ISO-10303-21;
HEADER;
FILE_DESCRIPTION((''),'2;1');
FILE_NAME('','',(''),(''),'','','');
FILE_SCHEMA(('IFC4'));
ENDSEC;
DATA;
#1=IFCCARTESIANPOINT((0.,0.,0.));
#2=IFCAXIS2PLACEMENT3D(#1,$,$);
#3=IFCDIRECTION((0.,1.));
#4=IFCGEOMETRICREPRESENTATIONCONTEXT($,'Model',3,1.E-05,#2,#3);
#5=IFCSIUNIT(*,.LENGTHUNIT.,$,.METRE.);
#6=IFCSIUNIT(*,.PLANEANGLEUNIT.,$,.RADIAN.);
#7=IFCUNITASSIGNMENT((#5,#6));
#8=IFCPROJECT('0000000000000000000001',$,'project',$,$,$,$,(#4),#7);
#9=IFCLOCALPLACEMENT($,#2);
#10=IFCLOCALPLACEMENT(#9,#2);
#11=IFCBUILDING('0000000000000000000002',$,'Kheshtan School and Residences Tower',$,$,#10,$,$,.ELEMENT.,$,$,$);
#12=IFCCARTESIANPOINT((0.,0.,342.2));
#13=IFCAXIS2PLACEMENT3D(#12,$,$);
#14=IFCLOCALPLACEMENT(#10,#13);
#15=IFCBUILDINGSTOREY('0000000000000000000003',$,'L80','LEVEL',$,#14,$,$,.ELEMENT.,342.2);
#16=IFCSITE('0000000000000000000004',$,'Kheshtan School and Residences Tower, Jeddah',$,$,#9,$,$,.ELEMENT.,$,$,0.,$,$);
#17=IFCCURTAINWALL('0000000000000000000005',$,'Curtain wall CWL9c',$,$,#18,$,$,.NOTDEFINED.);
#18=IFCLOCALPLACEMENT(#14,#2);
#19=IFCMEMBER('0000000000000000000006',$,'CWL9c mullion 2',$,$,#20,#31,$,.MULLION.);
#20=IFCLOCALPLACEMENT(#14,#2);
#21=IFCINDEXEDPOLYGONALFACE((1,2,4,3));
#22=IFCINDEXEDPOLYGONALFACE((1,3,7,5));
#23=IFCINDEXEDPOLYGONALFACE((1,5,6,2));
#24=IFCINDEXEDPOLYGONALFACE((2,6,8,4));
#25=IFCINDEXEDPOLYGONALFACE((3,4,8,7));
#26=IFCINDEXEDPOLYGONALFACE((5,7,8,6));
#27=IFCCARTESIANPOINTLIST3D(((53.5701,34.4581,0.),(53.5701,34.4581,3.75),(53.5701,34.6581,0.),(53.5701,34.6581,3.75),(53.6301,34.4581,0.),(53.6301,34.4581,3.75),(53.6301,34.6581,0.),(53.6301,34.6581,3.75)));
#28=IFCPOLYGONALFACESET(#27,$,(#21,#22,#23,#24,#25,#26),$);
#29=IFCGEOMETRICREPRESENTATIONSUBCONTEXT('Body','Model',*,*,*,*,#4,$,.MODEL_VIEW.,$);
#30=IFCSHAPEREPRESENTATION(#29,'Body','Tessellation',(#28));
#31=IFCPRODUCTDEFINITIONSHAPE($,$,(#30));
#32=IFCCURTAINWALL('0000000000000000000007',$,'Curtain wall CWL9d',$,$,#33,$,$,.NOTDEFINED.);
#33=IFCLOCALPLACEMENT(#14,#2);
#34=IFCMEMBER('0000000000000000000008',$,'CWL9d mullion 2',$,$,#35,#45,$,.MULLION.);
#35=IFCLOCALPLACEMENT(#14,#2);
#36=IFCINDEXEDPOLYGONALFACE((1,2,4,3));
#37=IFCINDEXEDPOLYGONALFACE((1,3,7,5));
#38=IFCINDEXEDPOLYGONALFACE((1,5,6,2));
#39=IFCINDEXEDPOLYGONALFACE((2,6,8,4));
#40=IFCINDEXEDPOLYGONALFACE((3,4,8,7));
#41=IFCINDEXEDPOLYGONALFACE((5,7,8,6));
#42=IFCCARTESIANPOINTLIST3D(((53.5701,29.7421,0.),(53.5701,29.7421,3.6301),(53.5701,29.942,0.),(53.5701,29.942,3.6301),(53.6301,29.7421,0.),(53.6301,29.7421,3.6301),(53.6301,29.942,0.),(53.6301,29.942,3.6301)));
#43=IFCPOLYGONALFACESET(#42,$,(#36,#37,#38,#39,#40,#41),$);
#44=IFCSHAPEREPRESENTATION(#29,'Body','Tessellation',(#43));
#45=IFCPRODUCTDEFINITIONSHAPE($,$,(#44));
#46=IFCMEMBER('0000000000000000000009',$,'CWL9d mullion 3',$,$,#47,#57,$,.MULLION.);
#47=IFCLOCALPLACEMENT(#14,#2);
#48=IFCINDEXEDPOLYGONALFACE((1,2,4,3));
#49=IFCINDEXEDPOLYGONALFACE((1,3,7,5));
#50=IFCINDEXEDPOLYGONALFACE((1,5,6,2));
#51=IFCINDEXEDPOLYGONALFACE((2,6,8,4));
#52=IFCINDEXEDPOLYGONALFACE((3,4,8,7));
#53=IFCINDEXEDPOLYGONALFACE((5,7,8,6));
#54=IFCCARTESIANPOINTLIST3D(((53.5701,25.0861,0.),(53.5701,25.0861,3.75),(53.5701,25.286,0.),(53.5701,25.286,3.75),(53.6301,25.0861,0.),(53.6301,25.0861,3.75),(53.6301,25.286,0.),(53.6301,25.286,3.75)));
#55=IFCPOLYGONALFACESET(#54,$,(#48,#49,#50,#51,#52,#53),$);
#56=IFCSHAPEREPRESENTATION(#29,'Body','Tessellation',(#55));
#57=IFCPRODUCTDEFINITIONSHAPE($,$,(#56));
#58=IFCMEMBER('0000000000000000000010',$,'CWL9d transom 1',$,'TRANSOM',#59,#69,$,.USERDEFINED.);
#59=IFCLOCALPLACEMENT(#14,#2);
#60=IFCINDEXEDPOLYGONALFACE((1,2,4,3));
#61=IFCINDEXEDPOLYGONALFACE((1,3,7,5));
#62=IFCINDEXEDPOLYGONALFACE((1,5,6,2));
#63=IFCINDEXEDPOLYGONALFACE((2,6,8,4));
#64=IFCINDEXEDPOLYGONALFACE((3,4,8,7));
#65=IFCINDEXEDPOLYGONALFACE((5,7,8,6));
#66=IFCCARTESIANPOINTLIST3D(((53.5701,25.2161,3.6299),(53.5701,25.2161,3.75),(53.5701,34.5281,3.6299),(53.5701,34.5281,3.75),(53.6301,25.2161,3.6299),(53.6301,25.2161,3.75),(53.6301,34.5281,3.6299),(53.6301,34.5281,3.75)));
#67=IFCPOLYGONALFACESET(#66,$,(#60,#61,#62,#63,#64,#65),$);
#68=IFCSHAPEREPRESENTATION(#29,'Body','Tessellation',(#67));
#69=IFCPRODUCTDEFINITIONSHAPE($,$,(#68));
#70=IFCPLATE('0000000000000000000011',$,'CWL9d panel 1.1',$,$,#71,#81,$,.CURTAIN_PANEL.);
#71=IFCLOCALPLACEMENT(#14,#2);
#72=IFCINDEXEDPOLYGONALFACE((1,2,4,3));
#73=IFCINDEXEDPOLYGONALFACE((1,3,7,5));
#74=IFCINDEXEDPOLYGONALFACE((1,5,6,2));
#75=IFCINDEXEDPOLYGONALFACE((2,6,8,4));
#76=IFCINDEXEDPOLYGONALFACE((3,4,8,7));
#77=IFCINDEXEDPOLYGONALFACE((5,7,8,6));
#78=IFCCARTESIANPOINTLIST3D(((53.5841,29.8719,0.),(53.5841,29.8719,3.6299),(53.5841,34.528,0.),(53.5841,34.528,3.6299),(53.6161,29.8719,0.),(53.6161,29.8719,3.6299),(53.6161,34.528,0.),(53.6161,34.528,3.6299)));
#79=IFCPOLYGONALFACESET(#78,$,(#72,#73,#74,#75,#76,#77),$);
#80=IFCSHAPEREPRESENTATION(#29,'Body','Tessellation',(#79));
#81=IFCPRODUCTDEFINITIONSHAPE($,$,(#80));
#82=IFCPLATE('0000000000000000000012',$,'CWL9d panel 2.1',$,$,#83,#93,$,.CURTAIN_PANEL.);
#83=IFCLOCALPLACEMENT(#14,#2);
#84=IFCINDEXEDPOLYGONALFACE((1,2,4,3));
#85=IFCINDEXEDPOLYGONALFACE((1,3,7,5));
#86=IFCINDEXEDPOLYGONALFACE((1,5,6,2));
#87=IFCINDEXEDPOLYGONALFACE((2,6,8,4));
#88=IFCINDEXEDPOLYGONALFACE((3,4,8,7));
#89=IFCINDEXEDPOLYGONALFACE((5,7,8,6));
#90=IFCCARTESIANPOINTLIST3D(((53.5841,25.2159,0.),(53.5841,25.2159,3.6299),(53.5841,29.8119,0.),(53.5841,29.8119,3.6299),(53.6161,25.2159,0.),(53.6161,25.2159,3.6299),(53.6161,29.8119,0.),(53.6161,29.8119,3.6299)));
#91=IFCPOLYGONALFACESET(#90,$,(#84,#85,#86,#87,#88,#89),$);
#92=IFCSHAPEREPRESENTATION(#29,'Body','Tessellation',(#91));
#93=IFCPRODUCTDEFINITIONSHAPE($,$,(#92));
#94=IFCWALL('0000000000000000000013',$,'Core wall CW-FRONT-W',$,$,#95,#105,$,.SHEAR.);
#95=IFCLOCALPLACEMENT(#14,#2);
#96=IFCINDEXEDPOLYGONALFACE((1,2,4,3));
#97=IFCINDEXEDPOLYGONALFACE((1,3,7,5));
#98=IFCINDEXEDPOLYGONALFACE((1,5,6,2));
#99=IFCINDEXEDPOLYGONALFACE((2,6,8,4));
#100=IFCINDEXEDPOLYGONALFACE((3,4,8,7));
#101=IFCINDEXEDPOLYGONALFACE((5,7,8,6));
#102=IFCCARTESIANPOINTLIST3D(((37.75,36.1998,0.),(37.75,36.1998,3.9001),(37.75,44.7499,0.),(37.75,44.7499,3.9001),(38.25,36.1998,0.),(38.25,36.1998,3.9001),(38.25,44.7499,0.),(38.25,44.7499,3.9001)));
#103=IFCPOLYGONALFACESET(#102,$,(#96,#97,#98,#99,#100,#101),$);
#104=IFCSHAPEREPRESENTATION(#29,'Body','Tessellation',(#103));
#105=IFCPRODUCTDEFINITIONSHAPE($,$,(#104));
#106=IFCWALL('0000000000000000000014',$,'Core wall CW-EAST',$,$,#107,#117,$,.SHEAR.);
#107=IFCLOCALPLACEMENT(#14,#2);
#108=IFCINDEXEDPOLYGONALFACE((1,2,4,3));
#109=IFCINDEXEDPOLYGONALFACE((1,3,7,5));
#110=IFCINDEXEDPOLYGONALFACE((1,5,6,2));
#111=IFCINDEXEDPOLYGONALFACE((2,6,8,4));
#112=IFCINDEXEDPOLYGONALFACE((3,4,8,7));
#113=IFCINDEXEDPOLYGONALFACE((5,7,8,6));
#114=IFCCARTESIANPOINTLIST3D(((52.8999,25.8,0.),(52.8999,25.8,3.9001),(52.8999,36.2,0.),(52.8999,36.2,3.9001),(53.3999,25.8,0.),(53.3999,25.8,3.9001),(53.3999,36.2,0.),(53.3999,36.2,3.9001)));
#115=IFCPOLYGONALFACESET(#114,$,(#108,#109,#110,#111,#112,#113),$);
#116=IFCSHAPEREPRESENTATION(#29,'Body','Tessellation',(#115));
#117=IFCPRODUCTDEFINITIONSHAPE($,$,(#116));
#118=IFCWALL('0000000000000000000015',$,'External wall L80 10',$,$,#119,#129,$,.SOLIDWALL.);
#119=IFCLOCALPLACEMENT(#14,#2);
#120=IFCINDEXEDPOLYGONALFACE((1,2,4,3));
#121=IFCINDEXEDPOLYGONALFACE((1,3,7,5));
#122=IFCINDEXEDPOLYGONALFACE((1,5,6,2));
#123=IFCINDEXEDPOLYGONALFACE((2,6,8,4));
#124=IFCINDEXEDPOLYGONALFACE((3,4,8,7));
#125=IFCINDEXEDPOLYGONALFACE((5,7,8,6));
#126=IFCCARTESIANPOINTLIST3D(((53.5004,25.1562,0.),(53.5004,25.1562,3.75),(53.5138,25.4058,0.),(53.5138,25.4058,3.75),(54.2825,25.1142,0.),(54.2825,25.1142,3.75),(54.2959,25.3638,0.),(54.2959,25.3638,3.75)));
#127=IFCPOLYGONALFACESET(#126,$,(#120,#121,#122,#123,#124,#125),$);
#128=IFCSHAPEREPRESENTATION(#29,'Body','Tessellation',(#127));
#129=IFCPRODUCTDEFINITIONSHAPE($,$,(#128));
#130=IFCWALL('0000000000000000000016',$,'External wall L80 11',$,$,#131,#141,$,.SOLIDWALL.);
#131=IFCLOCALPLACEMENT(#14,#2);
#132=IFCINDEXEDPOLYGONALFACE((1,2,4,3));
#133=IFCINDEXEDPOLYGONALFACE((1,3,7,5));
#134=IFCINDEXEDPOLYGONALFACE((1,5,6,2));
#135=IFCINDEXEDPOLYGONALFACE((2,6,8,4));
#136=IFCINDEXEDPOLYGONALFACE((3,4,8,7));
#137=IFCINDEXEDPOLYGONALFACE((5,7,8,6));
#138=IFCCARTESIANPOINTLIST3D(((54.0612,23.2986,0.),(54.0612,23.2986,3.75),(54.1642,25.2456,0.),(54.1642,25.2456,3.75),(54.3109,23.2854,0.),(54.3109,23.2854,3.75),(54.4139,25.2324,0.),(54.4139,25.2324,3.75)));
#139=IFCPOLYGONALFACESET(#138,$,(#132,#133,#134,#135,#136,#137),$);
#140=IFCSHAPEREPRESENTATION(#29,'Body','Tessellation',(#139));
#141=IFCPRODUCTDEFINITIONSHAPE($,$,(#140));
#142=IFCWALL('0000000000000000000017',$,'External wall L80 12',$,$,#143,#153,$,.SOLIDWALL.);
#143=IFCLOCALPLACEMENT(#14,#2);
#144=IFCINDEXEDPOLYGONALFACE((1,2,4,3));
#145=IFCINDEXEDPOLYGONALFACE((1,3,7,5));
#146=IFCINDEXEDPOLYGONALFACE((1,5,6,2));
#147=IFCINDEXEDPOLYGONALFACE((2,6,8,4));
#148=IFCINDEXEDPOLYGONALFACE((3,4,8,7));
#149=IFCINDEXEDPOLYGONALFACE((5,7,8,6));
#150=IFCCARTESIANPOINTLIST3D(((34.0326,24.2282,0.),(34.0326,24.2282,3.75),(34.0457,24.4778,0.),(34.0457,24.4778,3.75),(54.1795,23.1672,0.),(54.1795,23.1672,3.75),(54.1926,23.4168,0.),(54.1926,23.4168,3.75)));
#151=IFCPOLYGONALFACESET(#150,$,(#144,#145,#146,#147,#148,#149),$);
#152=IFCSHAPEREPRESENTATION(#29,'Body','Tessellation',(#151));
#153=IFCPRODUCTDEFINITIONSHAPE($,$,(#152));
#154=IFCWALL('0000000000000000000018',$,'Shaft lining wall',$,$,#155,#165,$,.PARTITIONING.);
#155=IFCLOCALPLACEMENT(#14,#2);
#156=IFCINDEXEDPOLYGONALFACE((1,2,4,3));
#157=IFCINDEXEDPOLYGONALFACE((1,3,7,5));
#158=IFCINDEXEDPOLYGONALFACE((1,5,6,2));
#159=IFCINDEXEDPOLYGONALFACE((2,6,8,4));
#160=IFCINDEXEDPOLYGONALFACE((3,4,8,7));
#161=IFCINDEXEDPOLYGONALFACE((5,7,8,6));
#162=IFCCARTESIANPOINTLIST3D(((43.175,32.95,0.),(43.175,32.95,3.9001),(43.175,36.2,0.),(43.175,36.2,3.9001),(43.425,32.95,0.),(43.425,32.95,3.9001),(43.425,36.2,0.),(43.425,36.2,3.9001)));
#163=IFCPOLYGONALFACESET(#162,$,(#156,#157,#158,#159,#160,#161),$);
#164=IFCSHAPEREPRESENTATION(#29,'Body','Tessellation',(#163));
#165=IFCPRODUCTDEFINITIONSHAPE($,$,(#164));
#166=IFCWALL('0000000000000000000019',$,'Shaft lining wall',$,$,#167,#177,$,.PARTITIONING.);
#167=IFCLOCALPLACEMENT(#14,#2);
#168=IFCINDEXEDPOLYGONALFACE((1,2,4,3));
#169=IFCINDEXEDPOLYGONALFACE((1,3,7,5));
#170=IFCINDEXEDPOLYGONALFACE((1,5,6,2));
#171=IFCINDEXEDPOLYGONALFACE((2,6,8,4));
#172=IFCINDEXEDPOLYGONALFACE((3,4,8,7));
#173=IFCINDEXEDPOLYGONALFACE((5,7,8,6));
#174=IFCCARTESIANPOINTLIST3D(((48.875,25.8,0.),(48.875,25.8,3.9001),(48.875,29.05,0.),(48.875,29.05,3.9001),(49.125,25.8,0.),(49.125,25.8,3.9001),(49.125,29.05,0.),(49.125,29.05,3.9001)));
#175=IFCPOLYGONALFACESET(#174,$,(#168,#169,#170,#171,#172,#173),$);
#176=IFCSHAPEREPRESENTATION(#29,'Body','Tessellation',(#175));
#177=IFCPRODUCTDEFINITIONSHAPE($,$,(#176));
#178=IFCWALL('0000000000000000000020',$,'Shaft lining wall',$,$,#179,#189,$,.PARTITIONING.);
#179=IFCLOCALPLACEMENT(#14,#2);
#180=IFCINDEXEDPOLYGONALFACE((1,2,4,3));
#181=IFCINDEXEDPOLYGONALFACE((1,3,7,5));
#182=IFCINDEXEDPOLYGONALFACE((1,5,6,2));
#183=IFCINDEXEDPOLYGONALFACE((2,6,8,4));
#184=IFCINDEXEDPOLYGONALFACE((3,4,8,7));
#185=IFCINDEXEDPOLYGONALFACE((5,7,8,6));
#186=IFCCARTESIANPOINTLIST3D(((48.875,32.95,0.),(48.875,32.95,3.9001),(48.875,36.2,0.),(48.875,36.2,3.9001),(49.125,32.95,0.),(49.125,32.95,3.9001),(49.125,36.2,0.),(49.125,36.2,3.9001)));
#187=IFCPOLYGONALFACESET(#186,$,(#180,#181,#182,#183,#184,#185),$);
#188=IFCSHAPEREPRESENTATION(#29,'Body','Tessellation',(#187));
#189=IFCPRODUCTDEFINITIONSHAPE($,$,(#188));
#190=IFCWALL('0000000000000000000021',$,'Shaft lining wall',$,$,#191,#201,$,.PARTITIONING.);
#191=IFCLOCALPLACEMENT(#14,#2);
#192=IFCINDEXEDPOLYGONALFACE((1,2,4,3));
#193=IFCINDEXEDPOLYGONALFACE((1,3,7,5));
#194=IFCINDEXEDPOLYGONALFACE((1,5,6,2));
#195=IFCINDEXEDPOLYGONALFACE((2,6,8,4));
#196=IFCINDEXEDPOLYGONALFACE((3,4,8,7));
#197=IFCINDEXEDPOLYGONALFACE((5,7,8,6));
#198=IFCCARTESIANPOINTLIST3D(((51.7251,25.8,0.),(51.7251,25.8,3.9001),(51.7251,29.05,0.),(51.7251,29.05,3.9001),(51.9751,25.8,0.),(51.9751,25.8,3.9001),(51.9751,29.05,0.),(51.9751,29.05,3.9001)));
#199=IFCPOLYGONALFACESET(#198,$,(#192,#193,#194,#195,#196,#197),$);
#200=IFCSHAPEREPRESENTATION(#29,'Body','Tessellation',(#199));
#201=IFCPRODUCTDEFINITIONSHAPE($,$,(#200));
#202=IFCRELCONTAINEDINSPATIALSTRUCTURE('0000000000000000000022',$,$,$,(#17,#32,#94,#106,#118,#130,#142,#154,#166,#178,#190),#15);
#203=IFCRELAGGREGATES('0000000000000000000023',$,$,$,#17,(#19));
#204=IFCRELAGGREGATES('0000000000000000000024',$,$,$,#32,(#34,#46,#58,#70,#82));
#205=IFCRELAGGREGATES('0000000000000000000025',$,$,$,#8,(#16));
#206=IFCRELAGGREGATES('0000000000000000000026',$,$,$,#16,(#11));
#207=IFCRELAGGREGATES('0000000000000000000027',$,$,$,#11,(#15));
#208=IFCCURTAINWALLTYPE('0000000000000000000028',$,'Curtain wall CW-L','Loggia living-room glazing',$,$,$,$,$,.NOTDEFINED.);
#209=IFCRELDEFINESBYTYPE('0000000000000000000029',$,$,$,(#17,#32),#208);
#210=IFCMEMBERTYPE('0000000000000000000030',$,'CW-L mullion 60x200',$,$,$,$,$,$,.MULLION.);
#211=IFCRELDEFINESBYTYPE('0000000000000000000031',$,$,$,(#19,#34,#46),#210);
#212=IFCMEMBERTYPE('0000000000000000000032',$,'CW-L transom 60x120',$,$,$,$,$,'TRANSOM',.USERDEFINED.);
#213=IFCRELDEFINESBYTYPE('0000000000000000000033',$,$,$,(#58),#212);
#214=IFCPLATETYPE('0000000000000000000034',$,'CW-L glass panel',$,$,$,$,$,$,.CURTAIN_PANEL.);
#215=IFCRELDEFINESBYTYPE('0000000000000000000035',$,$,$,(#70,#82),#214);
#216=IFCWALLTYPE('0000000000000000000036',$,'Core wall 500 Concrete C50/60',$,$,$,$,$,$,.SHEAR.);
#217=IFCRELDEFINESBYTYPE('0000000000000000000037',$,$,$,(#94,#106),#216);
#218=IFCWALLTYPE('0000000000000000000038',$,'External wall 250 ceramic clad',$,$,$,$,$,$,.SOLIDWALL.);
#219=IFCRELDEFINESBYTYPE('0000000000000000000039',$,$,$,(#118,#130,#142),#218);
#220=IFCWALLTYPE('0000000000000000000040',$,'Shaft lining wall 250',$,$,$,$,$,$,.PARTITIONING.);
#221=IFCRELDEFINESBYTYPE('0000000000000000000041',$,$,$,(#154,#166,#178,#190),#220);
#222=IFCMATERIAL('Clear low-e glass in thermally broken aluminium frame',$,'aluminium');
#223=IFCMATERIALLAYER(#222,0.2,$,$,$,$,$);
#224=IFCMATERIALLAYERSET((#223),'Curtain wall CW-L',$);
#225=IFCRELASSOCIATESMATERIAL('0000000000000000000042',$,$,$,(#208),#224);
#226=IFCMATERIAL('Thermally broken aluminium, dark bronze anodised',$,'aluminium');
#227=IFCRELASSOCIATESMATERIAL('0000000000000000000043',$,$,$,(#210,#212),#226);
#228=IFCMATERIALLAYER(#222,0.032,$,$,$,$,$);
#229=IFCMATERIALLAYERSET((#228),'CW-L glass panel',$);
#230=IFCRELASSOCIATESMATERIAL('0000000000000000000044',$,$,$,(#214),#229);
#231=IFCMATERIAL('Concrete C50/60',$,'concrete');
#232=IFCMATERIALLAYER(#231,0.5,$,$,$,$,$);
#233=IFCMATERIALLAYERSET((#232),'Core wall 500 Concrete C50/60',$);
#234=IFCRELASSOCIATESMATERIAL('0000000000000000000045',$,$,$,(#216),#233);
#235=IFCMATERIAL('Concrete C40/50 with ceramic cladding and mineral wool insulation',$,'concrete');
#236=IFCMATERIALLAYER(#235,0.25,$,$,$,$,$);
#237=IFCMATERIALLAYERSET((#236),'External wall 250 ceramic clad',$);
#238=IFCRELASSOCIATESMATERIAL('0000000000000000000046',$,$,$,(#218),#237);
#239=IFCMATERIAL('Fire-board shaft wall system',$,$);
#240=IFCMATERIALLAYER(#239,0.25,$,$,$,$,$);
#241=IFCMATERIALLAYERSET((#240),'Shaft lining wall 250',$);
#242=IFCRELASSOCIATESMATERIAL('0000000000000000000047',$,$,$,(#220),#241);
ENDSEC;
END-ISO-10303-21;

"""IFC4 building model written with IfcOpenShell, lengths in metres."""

from ifc_helpers import new_model, si_unit, direction, frame, frame_2d, origin, origin_2d, place, context, subcontext, project, spatial, rectangle, extrude, material, layer, layer_set, material_profile, profile_set, type_object, element, aggregate, save


model = new_model("IFC4")

# Units and contexts
model_context = context("Model", 3, precision=1e-05, world=origin(), true_north=direction((0.0, 1.0)))
body_context = subcontext(model_context, "Body", "Model", "MODEL_VIEW")
ifc_project = project(units=[si_unit("LENGTHUNIT", "METRE"), si_unit("PLANEANGLEUNIT", "RADIAN")], contexts=[model_context])

# Site, building, storey
site_placement = place(None, origin())
site = spatial("IfcSite", under=ifc_project, at=site_placement, Name="Kheshtan School and Residences Tower, Jeddah", CompositionType="ELEMENT", RefElevation=0.0)
building_placement = place(site_placement, origin())
building = spatial("IfcBuilding", under=site, at=building_placement, Name="Kheshtan School and Residences Tower", CompositionType="ELEMENT")
storey_placement = place(building_placement, frame((0.0, 0.0, 342.2)))
storey = spatial("IfcBuildingStorey", under=building, at=storey_placement, Name="L80", Description="LEVEL", CompositionType="ELEMENT", Elevation=342.2)

# Curtain wall, member
ifc_material_1 = material(Name="Clear low-e glass in thermally broken aluminium frame", Category="aluminium")
ifc_layer_1 = layer(ifc_material_1, 0.2)
ifc_layer_set_1 = layer_set([ifc_layer_1], Name="Curtain wall CW-L")
curtain_wall_type = type_object("IfcCurtainWallType", Name="Curtain wall CW-L", Description="Loggia living-room glazing", PredefinedType="NOTDEFINED", material=ifc_layer_set_1)
curtain_wall_1_placement = place(storey_placement, origin())
curtain_wall_1 = element("IfcCurtainWall", 1, at=curtain_wall_1_placement, inside=storey, type_object=curtain_wall_type, Name="Curtain wall CWL9c", PredefinedType="NOTDEFINED")
ifc_material_2 = material(Name="Thermally broken aluminium, dark bronze anodised", Category="aluminium")
ifc_material_profile_1 = material_profile(ifc_material_2, rectangle(XDim=0.0601, YDim=0.2, at=origin_2d()), Name="CW-L mullion 60x200")
ifc_profile_set_1 = profile_set([ifc_material_profile_1], Name="Thermally broken aluminium, dark bronze anodised")
member_type_1 = type_object("IfcMemberType", Name="CW-L mullion 60x200", PredefinedType="MULLION", material=ifc_profile_set_1)
member_1_placement = place(storey_placement, frame((53.6001, 34.5581, 0.0), z_axis=(0.0, 0.0, 1.0), x_axis=(1.0, 0.0, 0.0)))
member_1 = element("IfcMember", 2, at=member_1_placement, type_object=member_type_1, Name="CWL9c mullion 2", PredefinedType="MULLION", context=body_context, shape_type="SweptSolid", body=[
    extrude(rectangle(XDim=0.0601, YDim=0.2, at=origin_2d()), origin(), (0.0, 0.0, 1.0), 3.75),
])
aggregate(curtain_wall_1, [member_1])

# Curtain wall, members, plates
curtain_wall_2_placement = place(storey_placement, origin())
curtain_wall_2 = element("IfcCurtainWall", 3, at=curtain_wall_2_placement, inside=storey, type_object=curtain_wall_type, Name="Curtain wall CWL9d", PredefinedType="NOTDEFINED")
member_2_placement = place(storey_placement, frame((53.6001, 29.842, 0.0), z_axis=(0.0, 0.0, 1.0), x_axis=(1.0, 0.0, 0.0)))
member_2 = element("IfcMember", 4, at=member_2_placement, type_object=member_type_1, Name="CWL9d mullion 2", PredefinedType="MULLION", context=body_context, shape_type="SweptSolid", body=[
    extrude(rectangle(XDim=0.0601, YDim=0.2, at=origin_2d()), origin(), (0.0, 0.0, 1.0), 3.6301),
])
member_3_placement = place(storey_placement, frame((53.6001, 25.186, 0.0), z_axis=(0.0, 0.0, 1.0), x_axis=(1.0, 0.0, 0.0)))
member_3 = element("IfcMember", 5, at=member_3_placement, type_object=member_type_1, Name="CWL9d mullion 3", PredefinedType="MULLION", context=body_context, shape_type="SweptSolid", body=[
    extrude(rectangle(XDim=0.0601, YDim=0.2, at=origin_2d()), origin(), (0.0, 0.0, 1.0), 3.75),
])
ifc_material_profile_2 = material_profile(ifc_material_2, rectangle(XDim=0.0601, YDim=0.1201, at=origin_2d()), Name="CW-L transom 60x120")
ifc_profile_set_2 = profile_set([ifc_material_profile_2], Name="Thermally broken aluminium, dark bronze anodised")
member_type_2 = type_object("IfcMemberType", Name="CW-L transom 60x120", ElementType="TRANSOM", PredefinedType="USERDEFINED", material=ifc_profile_set_2)
member_4_placement = place(storey_placement, frame((53.6001, 34.5281, 3.6899), z_axis=(0.0, -1.0, 0.0), x_axis=(1.0, 0.0, 0.0)))
member_4 = element("IfcMember", 6, at=member_4_placement, type_object=member_type_2, Name="CWL9d transom 1", ObjectType="TRANSOM", PredefinedType="USERDEFINED", context=body_context, shape_type="SweptSolid", body=[
    extrude(rectangle(XDim=0.0601, YDim=0.1201, at=origin_2d()), origin(), (0.0, 0.0, 1.0), 9.312),
])
ifc_layer_2 = layer(ifc_material_1, 0.032)
ifc_layer_set_2 = layer_set([ifc_layer_2], Name="CW-L glass panel")
plate_type = type_object("IfcPlateType", Name="CW-L glass panel", PredefinedType="CURTAIN_PANEL", material=ifc_layer_set_2)
plate_1_placement = place(storey_placement, frame((53.6001, 32.2, 0.0), z_axis=(0.0, 0.0, 1.0), x_axis=(0.0, -1.0, 0.0)))
plate_1 = element("IfcPlate", 7, at=plate_1_placement, type_object=plate_type, Name="CWL9d panel 1.1", PredefinedType="CURTAIN_PANEL", context=body_context, shape_type="SweptSolid", body=[
    extrude(rectangle(XDim=4.656, YDim=0.032, at=origin_2d()), origin(), (0.0, 0.0, 1.0), 3.6299),
])
plate_2_placement = place(storey_placement, frame((53.6001, 27.5139, 0.0), z_axis=(0.0, 0.0, 1.0), x_axis=(0.0, -1.0, 0.0)))
plate_2 = element("IfcPlate", 8, at=plate_2_placement, type_object=plate_type, Name="CWL9d panel 2.1", PredefinedType="CURTAIN_PANEL", context=body_context, shape_type="SweptSolid", body=[
    extrude(rectangle(XDim=4.5959, YDim=0.032, at=origin_2d()), origin(), (0.0, 0.0, 1.0), 3.6299),
])
aggregate(curtain_wall_2, [member_2, member_3, member_4, plate_1, plate_2])

# Walls
ifc_material_3 = material(Name="Concrete C50/60", Category="concrete")
ifc_layer_3 = layer(ifc_material_3, 0.5)
ifc_layer_set_3 = layer_set([ifc_layer_3], Name="Core wall 500 Concrete C50/60")
wall_type_1 = type_object("IfcWallType", Name="Core wall 500 Concrete C50/60", PredefinedType="SHEAR", material=ifc_layer_set_3)
wall_1_placement = place(storey_placement, frame((38.0, 36.2, 0.0), z_axis=(0.0, 0.0, 1.0), x_axis=(0.0, 1.0, 0.0)))
element("IfcWall", 9, at=wall_1_placement, inside=storey, type_object=wall_type_1, Name="Core wall CW-FRONT-W", PredefinedType="SHEAR", context=body_context, shape_type="SweptSolid", body=[
    extrude(rectangle(XDim=8.55, YDim=0.5, at=frame_2d((4.2749, 0.0))), origin(), (0.0, 0.0, 1.0), 3.9001),
])
wall_2_placement = place(storey_placement, frame((53.1499, 25.8, 0.0), z_axis=(0.0, 0.0, 1.0), x_axis=(0.0, 1.0, 0.0)))
element("IfcWall", 10, at=wall_2_placement, inside=storey, type_object=wall_type_1, Name="Core wall CW-EAST", PredefinedType="SHEAR", context=body_context, shape_type="SweptSolid", body=[
    extrude(rectangle(XDim=10.3999, YDim=0.5, at=frame_2d((5.2, 0.0))), origin(), (0.0, 0.0, 1.0), 3.9001),
])
ifc_material_4 = material(Name="Concrete C40/50 with ceramic cladding and mineral wool insulation", Category="concrete")
ifc_layer_4 = layer(ifc_material_4, 0.25)
ifc_layer_set_4 = layer_set([ifc_layer_4], Name="External wall 250 ceramic clad")
wall_type_2 = type_object("IfcWallType", Name="External wall 250 ceramic clad", PredefinedType="SOLIDWALL", material=ifc_layer_set_4)
wall_3_placement = place(storey_placement, frame((53.5071, 25.281, 0.0), z_axis=(0.0, 0.0, 1.0), x_axis=(0.998561, -0.053622, 0.0)))
element("IfcWall", 11, at=wall_3_placement, inside=storey, type_object=wall_type_2, Name="External wall L80 10", PredefinedType="SOLIDWALL", context=body_context, shape_type="SweptSolid", body=[
    extrude(rectangle(XDim=0.7832, YDim=0.25, at=frame_2d((0.3916, 0.0))), origin(), (0.0, 0.0, 1.0), 3.75),
])
wall_4_placement = place(storey_placement, frame((54.2891, 25.239, 0.0), z_axis=(0.0, 0.0, 1.0), x_axis=(-0.052841, -0.998603, 0.0)))
element("IfcWall", 12, at=wall_4_placement, inside=storey, type_object=wall_type_2, Name="External wall L80 11", PredefinedType="SOLIDWALL", context=body_context, shape_type="SweptSolid", body=[
    extrude(rectangle(XDim=1.9497, YDim=0.25, at=frame_2d((0.9749, 0.0))), origin(), (0.0, 0.0, 1.0), 3.75),
])
wall_5_placement = place(storey_placement, frame((54.186, 23.292, 0.0), z_axis=(0.0, 0.0, 1.0), x_axis=(-0.998616, 0.052592, 0.0)))
element("IfcWall", 13, at=wall_5_placement, inside=storey, type_object=wall_type_2, Name="External wall L80 12", PredefinedType="SOLIDWALL", context=body_context, shape_type="SweptSolid", body=[
    extrude(rectangle(XDim=20.1748, YDim=0.25, at=frame_2d((10.0874, 0.0))), origin(), (0.0, 0.0, 1.0), 3.75),
])
ifc_material_5 = material(Name="Fire-board shaft wall system")
ifc_layer_5 = layer(ifc_material_5, 0.25)
ifc_layer_set_5 = layer_set([ifc_layer_5], Name="Shaft lining wall 250")
wall_type_3 = type_object("IfcWallType", Name="Shaft lining wall 250", PredefinedType="PARTITIONING", material=ifc_layer_set_5)
for number, where, z_axis, x_axis, name in (
    (14, (43.3, 32.95, 0.0), (0.0, 0.0, 1.0), (0.0, 1.0, 0.0), "Shaft lining wall"),
    (15, (49.0, 25.8, 0.0), (0.0, 0.0, 1.0), (0.0, 1.0, 0.0), "Shaft lining wall"),
    (16, (49.0, 32.95, 0.0), (0.0, 0.0, 1.0), (0.0, 1.0, 0.0), "Shaft lining wall"),
    (17, (51.8501, 25.8, 0.0), (0.0, 0.0, 1.0), (0.0, 1.0, 0.0), "Shaft lining wall"),
):
    element("IfcWall", number, at=place(storey_placement, frame(where, z_axis=z_axis, x_axis=x_axis)), inside=storey, type_object=wall_type_3, Name=name, PredefinedType="PARTITIONING", context=body_context, shape_type="SweptSolid", body=[
        extrude(rectangle(XDim=3.25, YDim=0.25, at=frame_2d((1.625, 0.0))), origin(), (0.0, 0.0, 1.0), 3.9001),
    ])

save(model, "model.ifc")
